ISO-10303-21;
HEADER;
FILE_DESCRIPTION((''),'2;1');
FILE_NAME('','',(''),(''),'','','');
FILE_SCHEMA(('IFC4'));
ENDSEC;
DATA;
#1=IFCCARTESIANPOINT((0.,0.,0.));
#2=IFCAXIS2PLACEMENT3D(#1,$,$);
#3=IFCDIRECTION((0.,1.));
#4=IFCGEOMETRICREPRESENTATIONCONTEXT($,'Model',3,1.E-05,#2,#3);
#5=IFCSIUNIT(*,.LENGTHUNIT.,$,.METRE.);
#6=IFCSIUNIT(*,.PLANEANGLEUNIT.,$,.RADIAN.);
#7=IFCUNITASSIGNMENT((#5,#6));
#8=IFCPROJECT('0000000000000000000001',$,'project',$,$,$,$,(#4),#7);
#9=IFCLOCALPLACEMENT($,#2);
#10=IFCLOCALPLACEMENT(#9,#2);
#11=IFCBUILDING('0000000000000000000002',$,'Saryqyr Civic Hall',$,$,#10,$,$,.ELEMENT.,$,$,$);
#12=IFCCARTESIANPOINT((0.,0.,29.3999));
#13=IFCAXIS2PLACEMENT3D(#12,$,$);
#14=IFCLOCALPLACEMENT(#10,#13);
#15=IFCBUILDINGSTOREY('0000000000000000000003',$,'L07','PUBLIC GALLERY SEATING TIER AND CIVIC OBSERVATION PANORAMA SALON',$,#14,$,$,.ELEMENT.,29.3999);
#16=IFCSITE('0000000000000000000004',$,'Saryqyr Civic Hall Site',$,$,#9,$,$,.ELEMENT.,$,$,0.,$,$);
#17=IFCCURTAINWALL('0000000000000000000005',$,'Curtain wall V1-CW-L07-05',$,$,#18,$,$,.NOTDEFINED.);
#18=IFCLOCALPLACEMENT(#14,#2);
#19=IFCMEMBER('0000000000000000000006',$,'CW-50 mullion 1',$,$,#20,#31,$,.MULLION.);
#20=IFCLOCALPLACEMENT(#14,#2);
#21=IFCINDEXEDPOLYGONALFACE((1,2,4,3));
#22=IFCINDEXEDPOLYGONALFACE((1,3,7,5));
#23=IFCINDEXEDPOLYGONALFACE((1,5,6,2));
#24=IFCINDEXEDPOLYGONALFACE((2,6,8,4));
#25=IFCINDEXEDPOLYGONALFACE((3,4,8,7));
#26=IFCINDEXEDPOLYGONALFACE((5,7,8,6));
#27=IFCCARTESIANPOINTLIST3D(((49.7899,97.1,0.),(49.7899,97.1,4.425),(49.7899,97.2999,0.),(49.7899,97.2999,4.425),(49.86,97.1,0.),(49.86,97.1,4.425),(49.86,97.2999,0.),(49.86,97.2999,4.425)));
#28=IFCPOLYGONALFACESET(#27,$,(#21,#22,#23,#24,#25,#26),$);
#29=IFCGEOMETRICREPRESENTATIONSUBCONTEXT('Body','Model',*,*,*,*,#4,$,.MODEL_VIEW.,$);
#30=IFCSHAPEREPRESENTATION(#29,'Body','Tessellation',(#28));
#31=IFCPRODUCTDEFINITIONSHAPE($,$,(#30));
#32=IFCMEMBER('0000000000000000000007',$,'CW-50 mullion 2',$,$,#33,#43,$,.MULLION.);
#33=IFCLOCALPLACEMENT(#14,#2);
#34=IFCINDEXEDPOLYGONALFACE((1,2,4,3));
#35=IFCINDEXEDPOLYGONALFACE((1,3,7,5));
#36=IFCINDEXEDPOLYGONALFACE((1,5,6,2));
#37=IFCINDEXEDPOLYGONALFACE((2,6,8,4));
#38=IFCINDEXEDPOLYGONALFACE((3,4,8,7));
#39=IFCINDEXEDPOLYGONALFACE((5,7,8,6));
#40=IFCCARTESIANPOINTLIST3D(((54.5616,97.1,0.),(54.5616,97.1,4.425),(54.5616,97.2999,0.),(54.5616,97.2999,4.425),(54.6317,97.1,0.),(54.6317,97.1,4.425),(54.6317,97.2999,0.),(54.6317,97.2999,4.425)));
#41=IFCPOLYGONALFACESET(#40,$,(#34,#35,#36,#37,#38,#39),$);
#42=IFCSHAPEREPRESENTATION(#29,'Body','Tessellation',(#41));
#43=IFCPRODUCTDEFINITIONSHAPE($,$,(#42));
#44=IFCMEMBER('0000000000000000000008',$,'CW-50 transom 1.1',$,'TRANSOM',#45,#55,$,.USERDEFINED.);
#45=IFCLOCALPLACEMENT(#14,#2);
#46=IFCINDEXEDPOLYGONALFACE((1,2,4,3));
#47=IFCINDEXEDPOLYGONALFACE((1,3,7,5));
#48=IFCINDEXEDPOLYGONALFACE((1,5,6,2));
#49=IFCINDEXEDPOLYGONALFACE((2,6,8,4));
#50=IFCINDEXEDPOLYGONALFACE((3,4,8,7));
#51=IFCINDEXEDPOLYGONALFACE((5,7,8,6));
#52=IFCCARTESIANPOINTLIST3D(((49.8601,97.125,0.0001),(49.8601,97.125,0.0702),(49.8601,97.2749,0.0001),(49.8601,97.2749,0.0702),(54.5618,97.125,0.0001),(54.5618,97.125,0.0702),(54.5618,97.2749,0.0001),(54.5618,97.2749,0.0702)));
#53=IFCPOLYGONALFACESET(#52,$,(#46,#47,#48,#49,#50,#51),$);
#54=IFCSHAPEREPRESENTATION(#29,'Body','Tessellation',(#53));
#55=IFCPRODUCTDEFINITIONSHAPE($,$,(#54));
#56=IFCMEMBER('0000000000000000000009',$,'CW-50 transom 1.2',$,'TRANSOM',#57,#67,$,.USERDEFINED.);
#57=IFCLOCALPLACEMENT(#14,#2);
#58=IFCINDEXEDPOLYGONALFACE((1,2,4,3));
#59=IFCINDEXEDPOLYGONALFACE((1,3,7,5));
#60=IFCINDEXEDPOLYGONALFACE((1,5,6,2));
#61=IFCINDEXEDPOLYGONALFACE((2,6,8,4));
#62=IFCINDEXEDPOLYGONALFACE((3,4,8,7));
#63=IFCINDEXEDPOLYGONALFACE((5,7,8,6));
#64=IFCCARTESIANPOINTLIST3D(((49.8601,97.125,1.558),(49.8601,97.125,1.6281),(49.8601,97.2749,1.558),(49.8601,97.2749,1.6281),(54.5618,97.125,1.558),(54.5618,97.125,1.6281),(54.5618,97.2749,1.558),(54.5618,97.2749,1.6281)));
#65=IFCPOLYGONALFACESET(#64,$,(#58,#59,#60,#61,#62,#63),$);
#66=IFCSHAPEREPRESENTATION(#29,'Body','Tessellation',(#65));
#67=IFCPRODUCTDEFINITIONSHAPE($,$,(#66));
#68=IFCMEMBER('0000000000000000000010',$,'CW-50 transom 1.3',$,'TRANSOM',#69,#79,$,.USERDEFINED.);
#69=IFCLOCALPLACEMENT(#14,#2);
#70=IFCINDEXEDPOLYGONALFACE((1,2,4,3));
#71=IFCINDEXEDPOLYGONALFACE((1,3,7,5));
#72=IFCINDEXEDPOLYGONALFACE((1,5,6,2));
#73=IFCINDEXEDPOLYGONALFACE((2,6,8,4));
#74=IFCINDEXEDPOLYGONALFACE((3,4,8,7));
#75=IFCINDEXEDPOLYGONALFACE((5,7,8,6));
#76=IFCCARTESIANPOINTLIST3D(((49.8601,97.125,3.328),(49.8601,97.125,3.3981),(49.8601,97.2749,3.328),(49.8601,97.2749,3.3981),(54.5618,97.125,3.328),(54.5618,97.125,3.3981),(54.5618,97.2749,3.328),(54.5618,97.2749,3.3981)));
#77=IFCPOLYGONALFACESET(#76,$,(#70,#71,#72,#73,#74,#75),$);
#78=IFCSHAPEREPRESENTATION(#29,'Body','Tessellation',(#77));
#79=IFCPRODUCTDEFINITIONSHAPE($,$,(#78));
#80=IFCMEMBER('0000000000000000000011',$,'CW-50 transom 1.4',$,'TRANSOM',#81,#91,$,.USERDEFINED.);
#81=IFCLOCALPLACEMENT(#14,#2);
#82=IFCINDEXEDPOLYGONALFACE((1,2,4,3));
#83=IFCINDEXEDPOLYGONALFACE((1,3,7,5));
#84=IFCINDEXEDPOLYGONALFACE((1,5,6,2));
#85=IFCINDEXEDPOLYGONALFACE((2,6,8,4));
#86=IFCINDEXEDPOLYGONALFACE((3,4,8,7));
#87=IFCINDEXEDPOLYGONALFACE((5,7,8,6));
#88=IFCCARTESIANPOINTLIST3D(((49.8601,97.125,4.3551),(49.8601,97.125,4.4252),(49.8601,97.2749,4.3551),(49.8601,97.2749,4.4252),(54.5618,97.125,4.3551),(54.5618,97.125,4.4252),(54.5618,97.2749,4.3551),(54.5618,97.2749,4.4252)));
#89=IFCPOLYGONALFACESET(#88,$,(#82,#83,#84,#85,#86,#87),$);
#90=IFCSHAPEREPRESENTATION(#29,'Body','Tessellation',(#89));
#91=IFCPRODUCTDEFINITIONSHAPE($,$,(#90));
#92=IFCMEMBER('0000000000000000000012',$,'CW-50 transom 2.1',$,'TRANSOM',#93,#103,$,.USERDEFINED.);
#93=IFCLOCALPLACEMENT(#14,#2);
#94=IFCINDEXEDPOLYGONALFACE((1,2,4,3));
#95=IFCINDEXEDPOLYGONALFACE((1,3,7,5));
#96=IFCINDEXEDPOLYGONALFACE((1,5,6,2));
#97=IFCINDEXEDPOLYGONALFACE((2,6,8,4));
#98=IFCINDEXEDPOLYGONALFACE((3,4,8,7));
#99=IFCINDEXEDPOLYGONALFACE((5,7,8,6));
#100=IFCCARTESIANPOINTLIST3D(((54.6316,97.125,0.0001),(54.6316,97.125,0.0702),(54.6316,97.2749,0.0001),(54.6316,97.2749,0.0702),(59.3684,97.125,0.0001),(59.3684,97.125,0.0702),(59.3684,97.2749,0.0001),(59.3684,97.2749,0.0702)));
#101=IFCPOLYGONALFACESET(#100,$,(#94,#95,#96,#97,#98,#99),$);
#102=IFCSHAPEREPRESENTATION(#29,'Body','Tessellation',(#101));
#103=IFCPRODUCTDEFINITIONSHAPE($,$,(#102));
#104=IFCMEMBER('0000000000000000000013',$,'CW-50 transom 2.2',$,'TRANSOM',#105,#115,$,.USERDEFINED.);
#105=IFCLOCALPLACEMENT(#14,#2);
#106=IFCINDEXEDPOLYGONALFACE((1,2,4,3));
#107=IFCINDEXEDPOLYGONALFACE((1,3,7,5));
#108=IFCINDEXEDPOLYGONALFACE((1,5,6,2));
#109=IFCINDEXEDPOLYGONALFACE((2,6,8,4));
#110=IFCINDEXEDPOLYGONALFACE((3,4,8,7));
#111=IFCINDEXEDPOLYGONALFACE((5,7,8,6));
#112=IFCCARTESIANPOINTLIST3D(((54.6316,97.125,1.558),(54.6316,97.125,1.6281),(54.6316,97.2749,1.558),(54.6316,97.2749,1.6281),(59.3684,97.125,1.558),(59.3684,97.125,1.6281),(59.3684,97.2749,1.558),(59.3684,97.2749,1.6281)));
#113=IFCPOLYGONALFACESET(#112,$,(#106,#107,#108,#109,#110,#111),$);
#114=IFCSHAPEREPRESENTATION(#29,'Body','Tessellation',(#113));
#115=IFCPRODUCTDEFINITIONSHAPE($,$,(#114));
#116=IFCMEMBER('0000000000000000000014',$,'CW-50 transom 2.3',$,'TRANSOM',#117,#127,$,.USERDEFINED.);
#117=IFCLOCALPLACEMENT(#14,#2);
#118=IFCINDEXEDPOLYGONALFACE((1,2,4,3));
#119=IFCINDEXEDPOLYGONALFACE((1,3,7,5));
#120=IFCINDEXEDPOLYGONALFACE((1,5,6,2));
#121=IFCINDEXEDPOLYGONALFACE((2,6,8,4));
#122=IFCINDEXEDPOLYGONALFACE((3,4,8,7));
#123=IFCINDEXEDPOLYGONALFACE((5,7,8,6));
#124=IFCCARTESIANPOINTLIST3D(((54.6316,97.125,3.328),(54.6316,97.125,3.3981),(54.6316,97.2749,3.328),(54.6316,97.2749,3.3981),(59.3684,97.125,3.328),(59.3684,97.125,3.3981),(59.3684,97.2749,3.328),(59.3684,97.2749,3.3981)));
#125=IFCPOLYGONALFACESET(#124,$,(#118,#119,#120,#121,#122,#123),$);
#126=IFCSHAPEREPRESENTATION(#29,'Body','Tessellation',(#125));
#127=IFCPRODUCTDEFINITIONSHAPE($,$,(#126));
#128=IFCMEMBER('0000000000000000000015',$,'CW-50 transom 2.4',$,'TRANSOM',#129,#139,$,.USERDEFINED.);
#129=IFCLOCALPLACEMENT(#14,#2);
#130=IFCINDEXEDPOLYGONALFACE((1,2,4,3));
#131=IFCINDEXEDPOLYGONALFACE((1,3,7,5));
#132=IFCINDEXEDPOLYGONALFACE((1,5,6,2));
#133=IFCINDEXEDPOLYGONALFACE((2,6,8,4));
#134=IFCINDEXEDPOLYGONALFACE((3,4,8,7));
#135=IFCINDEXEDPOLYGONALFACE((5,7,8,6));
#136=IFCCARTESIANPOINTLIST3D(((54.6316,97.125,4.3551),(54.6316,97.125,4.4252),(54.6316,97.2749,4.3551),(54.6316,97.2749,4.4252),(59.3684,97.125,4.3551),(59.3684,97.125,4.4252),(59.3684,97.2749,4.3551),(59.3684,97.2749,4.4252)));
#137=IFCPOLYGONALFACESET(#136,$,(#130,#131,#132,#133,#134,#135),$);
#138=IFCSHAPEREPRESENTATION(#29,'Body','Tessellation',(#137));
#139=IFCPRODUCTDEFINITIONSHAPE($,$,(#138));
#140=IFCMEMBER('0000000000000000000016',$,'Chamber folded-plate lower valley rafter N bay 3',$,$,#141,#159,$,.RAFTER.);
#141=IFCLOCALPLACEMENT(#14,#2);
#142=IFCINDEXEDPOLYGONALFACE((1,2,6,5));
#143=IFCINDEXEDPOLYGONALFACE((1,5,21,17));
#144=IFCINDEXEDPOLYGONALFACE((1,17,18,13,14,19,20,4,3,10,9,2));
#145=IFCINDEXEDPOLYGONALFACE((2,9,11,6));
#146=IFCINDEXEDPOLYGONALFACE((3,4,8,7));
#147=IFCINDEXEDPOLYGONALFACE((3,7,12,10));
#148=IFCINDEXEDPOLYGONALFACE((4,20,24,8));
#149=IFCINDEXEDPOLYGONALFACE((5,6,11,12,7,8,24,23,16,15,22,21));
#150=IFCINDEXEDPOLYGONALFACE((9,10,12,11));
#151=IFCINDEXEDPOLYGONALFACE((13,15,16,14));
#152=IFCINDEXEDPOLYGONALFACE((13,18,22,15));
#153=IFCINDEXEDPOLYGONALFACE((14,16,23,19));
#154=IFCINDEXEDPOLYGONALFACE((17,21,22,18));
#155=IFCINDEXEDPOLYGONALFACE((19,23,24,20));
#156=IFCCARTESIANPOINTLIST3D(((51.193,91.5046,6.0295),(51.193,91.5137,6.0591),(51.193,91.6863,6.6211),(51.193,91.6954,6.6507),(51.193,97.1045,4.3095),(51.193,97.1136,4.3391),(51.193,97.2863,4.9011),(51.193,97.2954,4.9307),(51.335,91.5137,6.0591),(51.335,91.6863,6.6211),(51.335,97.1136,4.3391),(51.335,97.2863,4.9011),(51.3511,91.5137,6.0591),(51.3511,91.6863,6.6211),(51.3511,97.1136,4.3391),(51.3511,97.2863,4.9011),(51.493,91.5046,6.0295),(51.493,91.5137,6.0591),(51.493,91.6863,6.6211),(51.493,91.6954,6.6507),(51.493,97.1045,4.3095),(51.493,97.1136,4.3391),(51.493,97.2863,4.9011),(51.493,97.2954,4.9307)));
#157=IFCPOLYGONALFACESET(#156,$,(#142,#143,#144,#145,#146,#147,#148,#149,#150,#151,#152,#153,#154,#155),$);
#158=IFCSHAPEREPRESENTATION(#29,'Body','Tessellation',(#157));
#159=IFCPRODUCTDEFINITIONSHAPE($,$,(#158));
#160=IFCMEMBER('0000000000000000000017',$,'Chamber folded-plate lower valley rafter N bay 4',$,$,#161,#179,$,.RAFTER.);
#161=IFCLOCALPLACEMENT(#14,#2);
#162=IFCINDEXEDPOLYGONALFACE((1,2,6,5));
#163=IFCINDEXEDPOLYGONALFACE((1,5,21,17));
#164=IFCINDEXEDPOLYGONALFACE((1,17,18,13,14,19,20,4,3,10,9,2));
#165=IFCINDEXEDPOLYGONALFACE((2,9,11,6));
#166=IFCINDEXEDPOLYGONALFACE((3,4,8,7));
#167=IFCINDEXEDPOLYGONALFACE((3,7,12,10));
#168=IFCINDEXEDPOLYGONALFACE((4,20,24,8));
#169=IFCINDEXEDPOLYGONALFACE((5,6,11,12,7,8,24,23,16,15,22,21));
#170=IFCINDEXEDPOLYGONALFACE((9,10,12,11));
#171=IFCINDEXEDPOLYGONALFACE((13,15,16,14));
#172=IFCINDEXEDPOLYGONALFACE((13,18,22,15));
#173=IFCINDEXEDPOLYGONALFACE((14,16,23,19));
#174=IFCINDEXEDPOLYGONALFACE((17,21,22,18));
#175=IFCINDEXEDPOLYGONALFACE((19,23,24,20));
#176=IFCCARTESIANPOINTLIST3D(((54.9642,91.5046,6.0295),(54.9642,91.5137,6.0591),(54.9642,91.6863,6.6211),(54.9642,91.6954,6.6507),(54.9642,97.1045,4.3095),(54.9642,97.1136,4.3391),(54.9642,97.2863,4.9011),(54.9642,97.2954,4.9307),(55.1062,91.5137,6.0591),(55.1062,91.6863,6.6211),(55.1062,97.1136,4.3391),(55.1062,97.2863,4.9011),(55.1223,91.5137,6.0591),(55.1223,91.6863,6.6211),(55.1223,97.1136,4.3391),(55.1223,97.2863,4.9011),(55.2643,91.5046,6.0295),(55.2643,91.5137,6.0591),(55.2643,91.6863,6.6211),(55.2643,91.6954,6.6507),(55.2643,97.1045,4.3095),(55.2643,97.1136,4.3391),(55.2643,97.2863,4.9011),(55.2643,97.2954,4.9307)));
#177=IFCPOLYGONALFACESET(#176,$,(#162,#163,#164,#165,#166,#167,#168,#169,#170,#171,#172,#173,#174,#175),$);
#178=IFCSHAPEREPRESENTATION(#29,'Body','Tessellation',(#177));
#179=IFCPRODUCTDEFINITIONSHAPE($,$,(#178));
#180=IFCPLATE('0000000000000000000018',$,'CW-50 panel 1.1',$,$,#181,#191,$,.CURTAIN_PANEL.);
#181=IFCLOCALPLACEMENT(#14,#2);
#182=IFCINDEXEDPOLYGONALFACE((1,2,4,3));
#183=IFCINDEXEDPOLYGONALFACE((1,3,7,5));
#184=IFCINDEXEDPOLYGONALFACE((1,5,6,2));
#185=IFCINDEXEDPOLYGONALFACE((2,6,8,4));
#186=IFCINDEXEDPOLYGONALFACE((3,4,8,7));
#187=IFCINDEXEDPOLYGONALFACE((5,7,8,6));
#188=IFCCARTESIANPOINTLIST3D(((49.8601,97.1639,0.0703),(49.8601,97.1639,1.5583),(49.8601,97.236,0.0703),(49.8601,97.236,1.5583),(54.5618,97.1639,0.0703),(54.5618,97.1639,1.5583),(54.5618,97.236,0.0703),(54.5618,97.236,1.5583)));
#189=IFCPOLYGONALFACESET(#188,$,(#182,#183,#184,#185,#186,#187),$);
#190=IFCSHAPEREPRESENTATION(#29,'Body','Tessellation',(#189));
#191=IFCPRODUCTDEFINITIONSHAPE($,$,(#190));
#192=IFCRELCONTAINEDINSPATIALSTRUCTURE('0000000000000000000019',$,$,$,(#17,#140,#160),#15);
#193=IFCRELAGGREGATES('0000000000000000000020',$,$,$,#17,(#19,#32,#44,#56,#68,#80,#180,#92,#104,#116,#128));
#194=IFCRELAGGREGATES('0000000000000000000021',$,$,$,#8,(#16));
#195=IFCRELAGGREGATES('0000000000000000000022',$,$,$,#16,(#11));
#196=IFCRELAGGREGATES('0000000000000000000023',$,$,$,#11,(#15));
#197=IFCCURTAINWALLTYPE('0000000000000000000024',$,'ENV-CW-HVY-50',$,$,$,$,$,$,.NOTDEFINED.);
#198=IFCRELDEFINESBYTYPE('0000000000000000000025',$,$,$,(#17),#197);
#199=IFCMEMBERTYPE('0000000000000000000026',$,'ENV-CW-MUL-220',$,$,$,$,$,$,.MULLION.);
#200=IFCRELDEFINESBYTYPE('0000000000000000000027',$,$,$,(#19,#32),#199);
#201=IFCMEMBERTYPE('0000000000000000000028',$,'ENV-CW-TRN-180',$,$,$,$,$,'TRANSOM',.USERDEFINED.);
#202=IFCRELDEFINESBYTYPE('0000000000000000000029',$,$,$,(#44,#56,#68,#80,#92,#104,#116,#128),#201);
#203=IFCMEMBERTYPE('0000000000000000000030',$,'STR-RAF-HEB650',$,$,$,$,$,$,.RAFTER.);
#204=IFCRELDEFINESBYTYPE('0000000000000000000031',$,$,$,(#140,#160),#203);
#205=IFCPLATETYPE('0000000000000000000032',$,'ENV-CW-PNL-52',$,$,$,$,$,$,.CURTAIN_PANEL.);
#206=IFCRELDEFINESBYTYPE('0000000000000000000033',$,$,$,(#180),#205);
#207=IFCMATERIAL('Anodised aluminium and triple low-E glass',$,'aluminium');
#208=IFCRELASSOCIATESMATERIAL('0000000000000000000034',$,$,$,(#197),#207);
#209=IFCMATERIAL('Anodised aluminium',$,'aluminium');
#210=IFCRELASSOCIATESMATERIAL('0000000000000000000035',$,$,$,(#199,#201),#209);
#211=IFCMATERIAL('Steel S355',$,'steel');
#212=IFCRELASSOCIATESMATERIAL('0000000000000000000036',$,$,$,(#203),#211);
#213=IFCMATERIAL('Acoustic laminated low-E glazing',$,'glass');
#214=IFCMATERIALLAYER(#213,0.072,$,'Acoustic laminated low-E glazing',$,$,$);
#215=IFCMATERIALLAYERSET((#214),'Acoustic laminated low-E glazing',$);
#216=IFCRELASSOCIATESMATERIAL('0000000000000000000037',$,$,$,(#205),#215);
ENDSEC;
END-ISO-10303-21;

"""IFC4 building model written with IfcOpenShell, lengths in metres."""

from ifc_helpers import new_model, si_unit, direction, frame, origin, origin_2d, place, context, subcontext, project, spatial, rectangle, i_section, extrude, material, layer, layer_set, material_profile, profile_set, type_object, element, aggregate, save


model = new_model("IFC4")

# Units and contexts
model_context = context("Model", 3, precision=1e-05, world=origin(), true_north=direction((0.0, 1.0)))
body_context = subcontext(model_context, "Body", "Model", "MODEL_VIEW")
ifc_project = project(units=[si_unit("LENGTHUNIT", "METRE"), si_unit("PLANEANGLEUNIT", "RADIAN")], contexts=[model_context])

# Site, building, storey
site_placement = place(None, origin())
site = spatial("IfcSite", under=ifc_project, at=site_placement, Name="Saryqyr Civic Hall Site", CompositionType="ELEMENT", RefElevation=0.0)
building_placement = place(site_placement, origin())
building = spatial("IfcBuilding", under=site, at=building_placement, Name="Saryqyr Civic Hall", CompositionType="ELEMENT")
storey_placement = place(building_placement, frame((0.0, 0.0, 29.3999)))
storey = spatial("IfcBuildingStorey", under=building, at=storey_placement, Name="L07", Description="PUBLIC GALLERY SEATING TIER AND CIVIC OBSERVATION PANORAMA SALON", CompositionType="ELEMENT", Elevation=29.3999)

# Curtain wall, members
ifc_material_1 = material(Name="Anodised aluminium and triple low-E glass", Category="aluminium")
curtain_wall_type = type_object("IfcCurtainWallType", Name="ENV-CW-HVY-50", PredefinedType="NOTDEFINED", material=ifc_material_1)
curtain_wall_placement = place(storey_placement, origin())
curtain_wall = element("IfcCurtainWall", 1, at=curtain_wall_placement, inside=storey, type_object=curtain_wall_type, Name="Curtain wall V1-CW-L07-05", PredefinedType="NOTDEFINED")
ifc_material_2 = material(Name="Anodised aluminium", Category="aluminium")
ifc_material_profile_1 = material_profile(ifc_material_2, rectangle(XDim=0.0701, YDim=0.2, at=origin_2d()), Name="ALU MULLION 70x200")
ifc_profile_set_1 = profile_set([ifc_material_profile_1], Name="Anodised aluminium")
member_type_1 = type_object("IfcMemberType", Name="ENV-CW-MUL-220", PredefinedType="MULLION", material=ifc_profile_set_1)
member_1_placement = place(storey_placement, frame((49.825, 97.2, 0.0), z_axis=(0.0, 0.0, 1.0), x_axis=(1.0, 0.0, 0.0)))
member_1 = element("IfcMember", 2, at=member_1_placement, type_object=member_type_1, Name="CW-50 mullion 1", PredefinedType="MULLION", context=body_context, shape_type="SweptSolid", body=[
    extrude(rectangle(XDim=0.0701, YDim=0.2, at=origin_2d()), origin(), (0.0, 0.0, 1.0), 4.425),
])
member_2_placement = place(storey_placement, frame((54.5967, 97.2, 0.0), z_axis=(0.0, 0.0, 1.0), x_axis=(1.0, 0.0, 0.0)))
member_2 = element("IfcMember", 3, at=member_2_placement, type_object=member_type_1, Name="CW-50 mullion 2", PredefinedType="MULLION", context=body_context, shape_type="SweptSolid", body=[
    extrude(rectangle(XDim=0.0701, YDim=0.2, at=origin_2d()), origin(), (0.0, 0.0, 1.0), 4.425),
])
ifc_material_profile_2 = material_profile(ifc_material_2, rectangle(XDim=0.1499, YDim=0.0701, at=origin_2d()), Name="ALU TRANSOM 150x70")
ifc_profile_set_2 = profile_set([ifc_material_profile_2], Name="Anodised aluminium")
member_type_2 = type_object("IfcMemberType", Name="ENV-CW-TRN-180", ElementType="TRANSOM", PredefinedType="USERDEFINED", material=ifc_profile_set_2)
member_3_placement = place(storey_placement, frame((49.8601, 97.2, 0.0352), z_axis=(1.0, 0.0, 0.0), x_axis=(0.0, 1.0, 0.0)))
member_3 = element("IfcMember", 4, at=member_3_placement, type_object=member_type_2, Name="CW-50 transom 1.1", ObjectType="TRANSOM", PredefinedType="USERDEFINED", context=body_context, shape_type="SweptSolid", body=[
    extrude(rectangle(XDim=0.1499, YDim=0.0701, at=origin_2d()), origin(), (0.0, 0.0, 1.0), 4.7017),
])
member_4_placement = place(storey_placement, frame((49.8601, 97.2, 1.593), z_axis=(1.0, 0.0, 0.0), x_axis=(0.0, 1.0, 0.0)))
member_4 = element("IfcMember", 5, at=member_4_placement, type_object=member_type_2, Name="CW-50 transom 1.2", ObjectType="TRANSOM", PredefinedType="USERDEFINED", context=body_context, shape_type="SweptSolid", body=[
    extrude(rectangle(XDim=0.1499, YDim=0.0701, at=origin_2d()), origin(), (0.0, 0.0, 1.0), 4.7017),
])
member_5_placement = place(storey_placement, frame((49.8601, 97.2, 3.363), z_axis=(1.0, 0.0, 0.0), x_axis=(0.0, 1.0, 0.0)))
member_5 = element("IfcMember", 6, at=member_5_placement, type_object=member_type_2, Name="CW-50 transom 1.3", ObjectType="TRANSOM", PredefinedType="USERDEFINED", context=body_context, shape_type="SweptSolid", body=[
    extrude(rectangle(XDim=0.1499, YDim=0.0701, at=origin_2d()), origin(), (0.0, 0.0, 1.0), 4.7017),
])
member_6_placement = place(storey_placement, frame((49.8601, 97.2, 4.3901), z_axis=(1.0, 0.0, 0.0), x_axis=(0.0, 1.0, 0.0)))
member_6 = element("IfcMember", 7, at=member_6_placement, type_object=member_type_2, Name="CW-50 transom 1.4", ObjectType="TRANSOM", PredefinedType="USERDEFINED", context=body_context, shape_type="SweptSolid", body=[
    extrude(rectangle(XDim=0.1499, YDim=0.0701, at=origin_2d()), origin(), (0.0, 0.0, 1.0), 4.7017),
])
member_7_placement = place(storey_placement, frame((54.6316, 97.2, 0.0352), z_axis=(1.0, 0.0, 0.0), x_axis=(0.0, 1.0, 0.0)))
member_7 = element("IfcMember", 8, at=member_7_placement, type_object=member_type_2, Name="CW-50 transom 2.1", ObjectType="TRANSOM", PredefinedType="USERDEFINED", context=body_context, shape_type="SweptSolid", body=[
    extrude(rectangle(XDim=0.1499, YDim=0.0701, at=origin_2d()), origin(), (0.0, 0.0, 1.0), 4.7368),
])
member_8_placement = place(storey_placement, frame((54.6316, 97.2, 1.593), z_axis=(1.0, 0.0, 0.0), x_axis=(0.0, 1.0, 0.0)))
member_8 = element("IfcMember", 9, at=member_8_placement, type_object=member_type_2, Name="CW-50 transom 2.2", ObjectType="TRANSOM", PredefinedType="USERDEFINED", context=body_context, shape_type="SweptSolid", body=[
    extrude(rectangle(XDim=0.1499, YDim=0.0701, at=origin_2d()), origin(), (0.0, 0.0, 1.0), 4.7368),
])
member_9_placement = place(storey_placement, frame((54.6316, 97.2, 3.363), z_axis=(1.0, 0.0, 0.0), x_axis=(0.0, 1.0, 0.0)))
member_9 = element("IfcMember", 10, at=member_9_placement, type_object=member_type_2, Name="CW-50 transom 2.3", ObjectType="TRANSOM", PredefinedType="USERDEFINED", context=body_context, shape_type="SweptSolid", body=[
    extrude(rectangle(XDim=0.1499, YDim=0.0701, at=origin_2d()), origin(), (0.0, 0.0, 1.0), 4.7368),
])
member_10_placement = place(storey_placement, frame((54.6316, 97.2, 4.3901), z_axis=(1.0, 0.0, 0.0), x_axis=(0.0, 1.0, 0.0)))
member_10 = element("IfcMember", 11, at=member_10_placement, type_object=member_type_2, Name="CW-50 transom 2.4", ObjectType="TRANSOM", PredefinedType="USERDEFINED", context=body_context, shape_type="SweptSolid", body=[
    extrude(rectangle(XDim=0.1499, YDim=0.0701, at=origin_2d()), origin(), (0.0, 0.0, 1.0), 4.7368),
])

# Members
ifc_material_3 = material(Name="Steel S355", Category="steel")
ifc_material_profile_3 = material_profile(ifc_material_3, i_section(OverallWidth=0.3, OverallDepth=0.6499, WebThickness=0.0161, FlangeThickness=0.031, at=origin_2d()), Name="HEB 650")
ifc_profile_set_3 = profile_set([ifc_material_profile_3], Name="Steel S355")
member_type_3 = type_object("IfcMemberType", Name="STR-RAF-HEB650", PredefinedType="RAFTER", material=ifc_profile_set_3)
for number, where, z_axis, x_axis, name in (
    (12, (51.343, 97.2, 4.6201), (0.0, -0.955926, 0.293608), (1.0, 0.0, 0.0), "Chamber folded-plate lower valley rafter N bay 3"),
    (13, (55.1143, 97.2, 4.6201), (0.0, -0.955926, 0.293608), (1.0, 0.0, 0.0), "Chamber folded-plate lower valley rafter N bay 4"),
):
    element("IfcMember", number, at=place(storey_placement, frame(where, z_axis=z_axis, x_axis=x_axis)), inside=storey, type_object=member_type_3, Name=name, PredefinedType="RAFTER", context=body_context, shape_type="SweptSolid", body=[
        extrude(i_section(OverallWidth=0.3, OverallDepth=0.6499, WebThickness=0.0161, FlangeThickness=0.031, at=origin_2d()), origin(), (0.0, 0.0, 1.0), 5.8582),
    ])

# Plate
ifc_material_4 = material(Name="Acoustic laminated low-E glazing", Category="glass")
ifc_layer_1 = layer(ifc_material_4, 0.072, Name="Acoustic laminated low-E glazing")
ifc_layer_set_1 = layer_set([ifc_layer_1], Name="Acoustic laminated low-E glazing")
plate_type = type_object("IfcPlateType", Name="ENV-CW-PNL-52", PredefinedType="CURTAIN_PANEL", material=ifc_layer_set_1)
plate_1_placement = place(storey_placement, frame((52.2109, 97.2, 0.0703), z_axis=(0.0, 0.0, 1.0), x_axis=(1.0, 0.0, 0.0)))
plate_1 = element("IfcPlate", 14, at=plate_1_placement, type_object=plate_type, Name="CW-50 panel 1.1", PredefinedType="CURTAIN_PANEL", context=body_context, shape_type="SweptSolid", body=[
    extrude(rectangle(XDim=4.7017, YDim=0.072, at=origin_2d()), origin(), (0.0, 0.0, 1.0), 1.488),
])
aggregate(curtain_wall, [member_1, member_2, member_3, member_4, member_5, member_6, plate_1, member_7, member_8, member_9, member_10])

save(model, "model.ifc")
